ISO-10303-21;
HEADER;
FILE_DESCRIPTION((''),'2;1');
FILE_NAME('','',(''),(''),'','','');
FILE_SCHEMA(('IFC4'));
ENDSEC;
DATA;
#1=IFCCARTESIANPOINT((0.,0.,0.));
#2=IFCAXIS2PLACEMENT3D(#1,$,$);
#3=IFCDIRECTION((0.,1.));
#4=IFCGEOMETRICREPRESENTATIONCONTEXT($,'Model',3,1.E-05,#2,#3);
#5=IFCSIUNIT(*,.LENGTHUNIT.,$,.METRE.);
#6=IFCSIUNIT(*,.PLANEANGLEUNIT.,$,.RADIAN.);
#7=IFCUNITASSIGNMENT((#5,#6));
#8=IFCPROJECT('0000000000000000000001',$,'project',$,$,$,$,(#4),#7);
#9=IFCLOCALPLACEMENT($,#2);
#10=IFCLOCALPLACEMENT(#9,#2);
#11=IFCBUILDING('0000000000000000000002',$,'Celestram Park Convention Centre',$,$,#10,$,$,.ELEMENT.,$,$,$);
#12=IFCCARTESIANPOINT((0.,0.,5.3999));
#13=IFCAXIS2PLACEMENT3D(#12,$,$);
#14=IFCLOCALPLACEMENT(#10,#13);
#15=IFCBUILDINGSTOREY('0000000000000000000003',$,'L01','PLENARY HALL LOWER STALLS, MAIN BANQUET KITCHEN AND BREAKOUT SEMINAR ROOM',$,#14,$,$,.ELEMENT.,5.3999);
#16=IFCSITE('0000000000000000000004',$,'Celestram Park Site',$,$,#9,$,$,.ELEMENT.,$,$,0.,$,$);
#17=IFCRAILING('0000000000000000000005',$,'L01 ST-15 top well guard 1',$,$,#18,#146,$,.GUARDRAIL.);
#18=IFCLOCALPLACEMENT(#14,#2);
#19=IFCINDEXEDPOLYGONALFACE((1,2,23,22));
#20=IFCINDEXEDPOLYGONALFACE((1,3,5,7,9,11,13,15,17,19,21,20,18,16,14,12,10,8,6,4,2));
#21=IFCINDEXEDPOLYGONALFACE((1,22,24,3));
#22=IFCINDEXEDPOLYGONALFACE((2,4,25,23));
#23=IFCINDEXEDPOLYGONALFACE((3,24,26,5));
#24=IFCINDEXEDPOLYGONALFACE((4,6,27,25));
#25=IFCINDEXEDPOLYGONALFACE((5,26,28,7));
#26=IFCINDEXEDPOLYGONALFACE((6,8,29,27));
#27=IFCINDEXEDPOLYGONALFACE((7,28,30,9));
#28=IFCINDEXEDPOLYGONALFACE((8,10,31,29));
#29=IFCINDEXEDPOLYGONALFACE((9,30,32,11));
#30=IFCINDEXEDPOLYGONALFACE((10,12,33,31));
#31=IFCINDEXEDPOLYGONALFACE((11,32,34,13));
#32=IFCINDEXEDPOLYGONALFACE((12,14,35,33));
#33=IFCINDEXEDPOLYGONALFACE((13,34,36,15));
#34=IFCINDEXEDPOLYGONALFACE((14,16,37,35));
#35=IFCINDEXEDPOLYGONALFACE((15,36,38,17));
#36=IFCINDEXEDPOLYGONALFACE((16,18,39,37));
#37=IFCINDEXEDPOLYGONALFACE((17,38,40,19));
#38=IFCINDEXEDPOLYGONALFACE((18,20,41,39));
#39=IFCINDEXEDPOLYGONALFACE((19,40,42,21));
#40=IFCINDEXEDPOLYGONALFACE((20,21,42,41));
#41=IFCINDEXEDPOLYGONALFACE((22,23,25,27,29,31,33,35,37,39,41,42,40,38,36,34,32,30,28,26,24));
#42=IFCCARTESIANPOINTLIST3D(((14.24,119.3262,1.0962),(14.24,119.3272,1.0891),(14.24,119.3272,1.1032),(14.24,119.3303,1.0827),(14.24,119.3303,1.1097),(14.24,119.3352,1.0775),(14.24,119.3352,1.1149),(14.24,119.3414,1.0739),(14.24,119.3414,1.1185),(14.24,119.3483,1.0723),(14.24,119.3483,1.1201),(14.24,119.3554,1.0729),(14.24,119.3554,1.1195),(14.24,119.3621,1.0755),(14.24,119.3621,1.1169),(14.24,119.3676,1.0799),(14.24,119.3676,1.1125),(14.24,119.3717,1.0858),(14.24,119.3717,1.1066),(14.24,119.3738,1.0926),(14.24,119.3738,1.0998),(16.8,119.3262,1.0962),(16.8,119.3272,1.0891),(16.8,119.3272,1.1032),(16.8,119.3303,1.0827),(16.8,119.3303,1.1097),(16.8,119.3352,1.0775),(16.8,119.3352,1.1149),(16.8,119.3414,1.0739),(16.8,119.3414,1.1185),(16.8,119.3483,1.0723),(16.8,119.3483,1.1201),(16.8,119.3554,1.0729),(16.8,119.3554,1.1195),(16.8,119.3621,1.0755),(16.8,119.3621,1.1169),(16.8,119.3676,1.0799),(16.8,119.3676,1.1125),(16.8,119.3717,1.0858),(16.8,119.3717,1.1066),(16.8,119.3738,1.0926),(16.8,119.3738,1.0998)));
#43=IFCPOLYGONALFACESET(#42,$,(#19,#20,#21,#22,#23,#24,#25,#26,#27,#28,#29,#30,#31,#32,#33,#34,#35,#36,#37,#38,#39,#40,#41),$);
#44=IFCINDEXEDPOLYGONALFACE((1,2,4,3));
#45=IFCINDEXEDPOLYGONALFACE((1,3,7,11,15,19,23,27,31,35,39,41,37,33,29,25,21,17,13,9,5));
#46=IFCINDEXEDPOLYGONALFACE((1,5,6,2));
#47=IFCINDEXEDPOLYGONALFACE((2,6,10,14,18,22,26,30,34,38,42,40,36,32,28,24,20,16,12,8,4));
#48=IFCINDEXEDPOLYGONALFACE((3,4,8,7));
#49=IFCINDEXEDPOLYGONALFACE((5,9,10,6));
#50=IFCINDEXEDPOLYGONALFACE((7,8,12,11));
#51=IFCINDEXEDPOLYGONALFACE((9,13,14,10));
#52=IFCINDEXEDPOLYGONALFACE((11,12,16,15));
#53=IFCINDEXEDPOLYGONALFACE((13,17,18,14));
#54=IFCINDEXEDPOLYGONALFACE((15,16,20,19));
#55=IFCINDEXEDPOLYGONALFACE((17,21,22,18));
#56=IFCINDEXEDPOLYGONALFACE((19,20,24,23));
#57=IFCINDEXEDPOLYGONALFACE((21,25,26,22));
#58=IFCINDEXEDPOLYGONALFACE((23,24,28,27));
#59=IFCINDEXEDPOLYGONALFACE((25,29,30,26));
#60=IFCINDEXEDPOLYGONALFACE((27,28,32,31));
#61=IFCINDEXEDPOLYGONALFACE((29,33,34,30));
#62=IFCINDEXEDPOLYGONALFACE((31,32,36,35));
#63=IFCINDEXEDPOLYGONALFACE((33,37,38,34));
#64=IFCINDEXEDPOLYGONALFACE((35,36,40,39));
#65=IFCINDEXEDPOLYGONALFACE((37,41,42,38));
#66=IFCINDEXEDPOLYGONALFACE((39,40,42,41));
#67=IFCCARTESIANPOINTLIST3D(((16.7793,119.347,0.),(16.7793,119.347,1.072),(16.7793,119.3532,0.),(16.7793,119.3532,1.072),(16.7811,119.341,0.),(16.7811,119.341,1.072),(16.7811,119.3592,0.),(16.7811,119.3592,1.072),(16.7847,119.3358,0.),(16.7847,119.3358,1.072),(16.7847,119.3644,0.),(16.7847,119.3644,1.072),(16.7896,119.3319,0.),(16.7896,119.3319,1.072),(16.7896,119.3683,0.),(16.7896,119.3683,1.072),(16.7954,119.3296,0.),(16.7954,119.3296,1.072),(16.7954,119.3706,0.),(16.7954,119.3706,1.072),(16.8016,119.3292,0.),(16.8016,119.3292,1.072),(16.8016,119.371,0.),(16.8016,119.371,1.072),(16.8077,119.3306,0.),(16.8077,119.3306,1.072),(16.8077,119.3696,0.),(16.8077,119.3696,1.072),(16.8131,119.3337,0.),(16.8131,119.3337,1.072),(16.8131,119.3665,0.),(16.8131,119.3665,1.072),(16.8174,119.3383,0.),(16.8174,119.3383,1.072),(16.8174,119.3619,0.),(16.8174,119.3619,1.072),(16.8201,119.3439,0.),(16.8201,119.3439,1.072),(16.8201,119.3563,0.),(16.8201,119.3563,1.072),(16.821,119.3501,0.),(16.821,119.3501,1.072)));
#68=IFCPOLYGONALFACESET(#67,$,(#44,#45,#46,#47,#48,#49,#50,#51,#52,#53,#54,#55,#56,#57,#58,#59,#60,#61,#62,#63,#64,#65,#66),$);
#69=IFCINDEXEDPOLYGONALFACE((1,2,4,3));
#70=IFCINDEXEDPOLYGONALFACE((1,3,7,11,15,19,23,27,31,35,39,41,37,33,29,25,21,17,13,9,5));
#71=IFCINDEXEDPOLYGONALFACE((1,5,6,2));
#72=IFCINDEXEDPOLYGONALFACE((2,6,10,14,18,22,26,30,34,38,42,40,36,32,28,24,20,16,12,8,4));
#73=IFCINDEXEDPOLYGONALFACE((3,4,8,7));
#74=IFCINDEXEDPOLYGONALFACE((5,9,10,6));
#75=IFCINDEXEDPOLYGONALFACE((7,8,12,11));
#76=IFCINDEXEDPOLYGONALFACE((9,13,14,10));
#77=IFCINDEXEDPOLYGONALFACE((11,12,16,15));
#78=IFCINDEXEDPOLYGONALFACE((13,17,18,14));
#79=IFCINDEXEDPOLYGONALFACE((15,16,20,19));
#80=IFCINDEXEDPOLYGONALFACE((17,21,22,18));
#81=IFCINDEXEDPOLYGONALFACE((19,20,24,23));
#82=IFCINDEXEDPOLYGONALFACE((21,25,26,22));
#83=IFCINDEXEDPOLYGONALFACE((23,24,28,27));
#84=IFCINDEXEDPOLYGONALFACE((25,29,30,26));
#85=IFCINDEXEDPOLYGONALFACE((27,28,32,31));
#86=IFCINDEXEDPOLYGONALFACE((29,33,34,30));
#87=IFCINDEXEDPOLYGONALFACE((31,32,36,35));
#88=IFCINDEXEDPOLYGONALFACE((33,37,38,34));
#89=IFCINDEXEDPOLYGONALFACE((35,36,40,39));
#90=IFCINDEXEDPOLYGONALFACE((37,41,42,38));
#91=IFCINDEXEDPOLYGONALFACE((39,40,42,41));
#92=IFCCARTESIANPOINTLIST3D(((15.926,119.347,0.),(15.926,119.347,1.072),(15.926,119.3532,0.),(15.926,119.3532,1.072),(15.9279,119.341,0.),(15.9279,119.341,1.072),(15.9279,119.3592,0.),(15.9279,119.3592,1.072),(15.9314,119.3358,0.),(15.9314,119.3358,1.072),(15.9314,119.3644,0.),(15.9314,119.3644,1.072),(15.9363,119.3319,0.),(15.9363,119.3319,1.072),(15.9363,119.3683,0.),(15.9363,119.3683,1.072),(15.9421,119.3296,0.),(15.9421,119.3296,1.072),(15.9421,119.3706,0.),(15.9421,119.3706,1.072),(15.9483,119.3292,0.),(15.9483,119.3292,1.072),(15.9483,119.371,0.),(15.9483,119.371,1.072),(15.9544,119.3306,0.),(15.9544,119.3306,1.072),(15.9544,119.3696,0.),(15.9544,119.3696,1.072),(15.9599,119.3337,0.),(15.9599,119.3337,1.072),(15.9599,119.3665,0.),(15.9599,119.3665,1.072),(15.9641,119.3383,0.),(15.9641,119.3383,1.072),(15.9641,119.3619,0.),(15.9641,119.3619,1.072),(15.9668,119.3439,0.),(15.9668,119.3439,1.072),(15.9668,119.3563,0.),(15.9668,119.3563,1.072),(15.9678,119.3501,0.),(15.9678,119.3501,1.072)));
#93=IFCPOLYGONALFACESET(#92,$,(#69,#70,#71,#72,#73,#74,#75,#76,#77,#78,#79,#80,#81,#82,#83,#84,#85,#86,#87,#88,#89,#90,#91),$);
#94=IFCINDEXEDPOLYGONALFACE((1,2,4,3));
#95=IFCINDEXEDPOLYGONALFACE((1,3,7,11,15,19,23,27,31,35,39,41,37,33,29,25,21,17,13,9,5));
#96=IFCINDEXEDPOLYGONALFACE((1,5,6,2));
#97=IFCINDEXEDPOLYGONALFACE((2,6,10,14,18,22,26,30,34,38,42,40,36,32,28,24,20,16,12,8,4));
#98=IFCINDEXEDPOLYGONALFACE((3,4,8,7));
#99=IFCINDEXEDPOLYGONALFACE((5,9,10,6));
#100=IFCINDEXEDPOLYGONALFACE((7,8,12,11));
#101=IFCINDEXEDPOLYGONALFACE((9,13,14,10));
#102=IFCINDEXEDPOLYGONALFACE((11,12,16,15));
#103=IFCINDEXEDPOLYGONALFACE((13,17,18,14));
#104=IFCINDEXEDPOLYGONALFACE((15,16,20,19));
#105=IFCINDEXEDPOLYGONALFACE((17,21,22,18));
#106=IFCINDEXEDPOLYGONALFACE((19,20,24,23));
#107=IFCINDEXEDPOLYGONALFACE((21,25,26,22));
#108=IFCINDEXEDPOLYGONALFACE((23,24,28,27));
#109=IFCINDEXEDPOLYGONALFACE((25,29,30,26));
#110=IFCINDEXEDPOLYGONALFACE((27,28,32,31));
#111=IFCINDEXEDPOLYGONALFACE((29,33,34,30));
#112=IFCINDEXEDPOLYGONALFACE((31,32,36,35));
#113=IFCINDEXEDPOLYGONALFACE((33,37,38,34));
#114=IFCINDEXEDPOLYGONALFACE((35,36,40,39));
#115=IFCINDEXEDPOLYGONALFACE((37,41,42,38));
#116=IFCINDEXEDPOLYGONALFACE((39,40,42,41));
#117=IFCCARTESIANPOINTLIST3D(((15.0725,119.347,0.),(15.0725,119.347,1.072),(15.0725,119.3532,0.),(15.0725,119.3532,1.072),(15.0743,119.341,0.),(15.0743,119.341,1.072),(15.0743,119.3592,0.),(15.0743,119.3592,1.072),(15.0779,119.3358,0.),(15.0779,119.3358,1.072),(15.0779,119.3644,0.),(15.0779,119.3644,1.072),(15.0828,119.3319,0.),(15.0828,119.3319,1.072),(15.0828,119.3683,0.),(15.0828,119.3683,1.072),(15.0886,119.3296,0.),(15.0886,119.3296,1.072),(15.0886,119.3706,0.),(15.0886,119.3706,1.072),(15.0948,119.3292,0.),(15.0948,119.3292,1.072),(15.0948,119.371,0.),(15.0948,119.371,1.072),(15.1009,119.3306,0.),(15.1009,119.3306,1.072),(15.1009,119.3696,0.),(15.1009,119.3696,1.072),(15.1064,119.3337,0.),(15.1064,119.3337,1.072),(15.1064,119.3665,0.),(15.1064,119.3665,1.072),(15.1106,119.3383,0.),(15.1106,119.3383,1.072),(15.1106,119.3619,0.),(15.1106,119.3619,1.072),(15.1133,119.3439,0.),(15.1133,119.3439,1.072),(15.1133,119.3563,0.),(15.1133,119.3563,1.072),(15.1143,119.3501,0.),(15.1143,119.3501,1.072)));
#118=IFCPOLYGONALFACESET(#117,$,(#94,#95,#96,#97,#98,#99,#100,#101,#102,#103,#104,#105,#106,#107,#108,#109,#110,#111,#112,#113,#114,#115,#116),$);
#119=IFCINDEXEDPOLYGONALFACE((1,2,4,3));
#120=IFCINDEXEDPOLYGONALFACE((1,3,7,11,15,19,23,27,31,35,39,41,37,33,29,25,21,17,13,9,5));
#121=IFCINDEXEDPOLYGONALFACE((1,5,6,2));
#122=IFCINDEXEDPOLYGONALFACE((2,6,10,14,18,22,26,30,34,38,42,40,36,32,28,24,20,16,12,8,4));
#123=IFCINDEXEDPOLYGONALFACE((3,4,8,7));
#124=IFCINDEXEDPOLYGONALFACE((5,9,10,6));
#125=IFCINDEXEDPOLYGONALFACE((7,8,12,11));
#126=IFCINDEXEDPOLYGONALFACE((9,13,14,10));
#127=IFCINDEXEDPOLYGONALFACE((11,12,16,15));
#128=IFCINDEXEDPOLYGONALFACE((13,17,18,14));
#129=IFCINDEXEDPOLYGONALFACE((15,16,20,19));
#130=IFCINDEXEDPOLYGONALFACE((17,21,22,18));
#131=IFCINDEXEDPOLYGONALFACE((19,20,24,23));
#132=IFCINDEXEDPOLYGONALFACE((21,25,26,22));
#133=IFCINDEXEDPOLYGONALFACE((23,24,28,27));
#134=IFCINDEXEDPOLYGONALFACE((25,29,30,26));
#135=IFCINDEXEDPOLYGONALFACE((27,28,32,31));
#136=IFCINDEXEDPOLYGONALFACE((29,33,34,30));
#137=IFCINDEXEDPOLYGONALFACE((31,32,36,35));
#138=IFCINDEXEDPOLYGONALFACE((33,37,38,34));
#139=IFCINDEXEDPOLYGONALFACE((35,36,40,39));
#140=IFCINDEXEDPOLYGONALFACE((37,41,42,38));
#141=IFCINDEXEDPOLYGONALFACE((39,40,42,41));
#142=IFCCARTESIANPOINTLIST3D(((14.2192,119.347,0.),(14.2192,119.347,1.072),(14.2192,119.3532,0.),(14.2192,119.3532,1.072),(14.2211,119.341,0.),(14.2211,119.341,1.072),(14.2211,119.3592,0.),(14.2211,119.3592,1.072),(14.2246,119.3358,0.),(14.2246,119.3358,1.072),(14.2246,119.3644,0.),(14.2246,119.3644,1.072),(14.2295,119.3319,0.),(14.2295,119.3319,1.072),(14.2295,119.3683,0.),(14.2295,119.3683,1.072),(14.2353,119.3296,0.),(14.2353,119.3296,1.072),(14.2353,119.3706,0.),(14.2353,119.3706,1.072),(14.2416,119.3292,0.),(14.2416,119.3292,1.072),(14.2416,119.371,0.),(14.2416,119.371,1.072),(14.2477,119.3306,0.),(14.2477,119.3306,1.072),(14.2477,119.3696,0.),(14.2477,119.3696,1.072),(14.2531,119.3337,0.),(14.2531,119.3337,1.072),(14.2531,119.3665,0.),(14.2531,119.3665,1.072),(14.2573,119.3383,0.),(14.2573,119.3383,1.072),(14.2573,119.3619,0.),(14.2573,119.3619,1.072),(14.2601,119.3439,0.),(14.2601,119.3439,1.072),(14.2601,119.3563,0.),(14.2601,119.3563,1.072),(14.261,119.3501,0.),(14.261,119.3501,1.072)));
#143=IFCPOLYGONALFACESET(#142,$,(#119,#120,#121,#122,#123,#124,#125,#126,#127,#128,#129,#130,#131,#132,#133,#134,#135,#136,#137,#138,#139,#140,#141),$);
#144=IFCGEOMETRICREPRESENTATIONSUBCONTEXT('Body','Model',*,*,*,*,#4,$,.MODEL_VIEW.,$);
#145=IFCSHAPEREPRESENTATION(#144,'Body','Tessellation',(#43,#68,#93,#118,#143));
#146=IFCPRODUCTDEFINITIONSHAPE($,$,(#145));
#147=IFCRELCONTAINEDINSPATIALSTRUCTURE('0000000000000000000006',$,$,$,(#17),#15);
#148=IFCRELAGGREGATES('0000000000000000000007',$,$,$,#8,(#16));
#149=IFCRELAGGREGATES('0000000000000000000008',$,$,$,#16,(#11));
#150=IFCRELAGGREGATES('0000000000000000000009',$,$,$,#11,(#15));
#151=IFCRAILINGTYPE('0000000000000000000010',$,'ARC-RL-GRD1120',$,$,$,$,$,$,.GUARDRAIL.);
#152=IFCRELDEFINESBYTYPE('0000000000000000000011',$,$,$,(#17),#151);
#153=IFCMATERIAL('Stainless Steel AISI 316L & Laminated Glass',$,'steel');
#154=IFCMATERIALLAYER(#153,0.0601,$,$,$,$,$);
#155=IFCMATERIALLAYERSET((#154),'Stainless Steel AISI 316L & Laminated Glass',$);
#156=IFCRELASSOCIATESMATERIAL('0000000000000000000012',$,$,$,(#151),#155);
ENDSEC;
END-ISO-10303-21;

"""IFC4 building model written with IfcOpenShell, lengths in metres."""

from ifc_helpers import new_model, si_unit, direction, frame, origin, origin_2d, place, context, subcontext, project, spatial, circle, extrude, material, layer, layer_set, type_object, element, save


model = new_model("IFC4")

# Units and contexts
model_context = context("Model", 3, precision=1e-05, world=origin(), true_north=direction((0.0, 1.0)))
body_context = subcontext(model_context, "Body", "Model", "MODEL_VIEW")
ifc_project = project(units=[si_unit("LENGTHUNIT", "METRE"), si_unit("PLANEANGLEUNIT", "RADIAN")], contexts=[model_context])

# Site, building, storey
site_placement = place(None, origin())
site = spatial("IfcSite", under=ifc_project, at=site_placement, Name="Celestram Park Site", CompositionType="ELEMENT", RefElevation=0.0)
building_placement = place(site_placement, origin())
building = spatial("IfcBuilding", under=site, at=building_placement, Name="Celestram Park Convention Centre", CompositionType="ELEMENT")
storey_placement = place(building_placement, frame((0.0, 0.0, 5.3999)))
storey = spatial("IfcBuildingStorey", under=building, at=storey_placement, Name="L01", Description="PLENARY HALL LOWER STALLS, MAIN BANQUET KITCHEN AND BREAKOUT SEMINAR ROOM", CompositionType="ELEMENT", Elevation=5.3999)

# Railing
ifc_material_1 = material(Name="Stainless Steel AISI 316L & Laminated Glass", Category="steel")
ifc_layer_1 = layer(ifc_material_1, 0.0601)
ifc_layer_set_1 = layer_set([ifc_layer_1], Name="Stainless Steel AISI 316L & Laminated Glass")
railing_type = type_object("IfcRailingType", Name="ARC-RL-GRD1120", PredefinedType="GUARDRAIL", material=ifc_layer_set_1)
railing_placement = place(storey_placement, frame((16.8, 119.3501, 0.0)))
element("IfcRailing", 1, at=railing_placement, inside=storey, type_object=railing_type, Name="L01 ST-15 top well guard 1", PredefinedType="GUARDRAIL", context=body_context, shape_type="SweptSolid", body=[
    extrude(circle(Radius=0.0239, at=origin_2d()), frame((0.0, 0.0, 1.0962), z_axis=(-1.0, 0.0, 0.0), x_axis=(0.0, -1.0, 0.0)), (0.0, 0.0, 1.0), 2.5601),
    extrude(circle(Radius=0.021, at=origin_2d()), origin(), (0.0, 0.0, 1.0), 1.072),
    extrude(circle(Radius=0.021, at=origin_2d()), frame((-0.8533, 0.0, 0.0)), (0.0, 0.0, 1.0), 1.072),
    extrude(circle(Radius=0.021, at=origin_2d()), frame((-1.7068, 0.0, 0.0)), (0.0, 0.0, 1.0), 1.072),
    extrude(circle(Radius=0.021, at=origin_2d()), frame((-2.5601, 0.0, 0.0)), (0.0, 0.0, 1.0), 1.072),
])

save(model, "model.ifc")
